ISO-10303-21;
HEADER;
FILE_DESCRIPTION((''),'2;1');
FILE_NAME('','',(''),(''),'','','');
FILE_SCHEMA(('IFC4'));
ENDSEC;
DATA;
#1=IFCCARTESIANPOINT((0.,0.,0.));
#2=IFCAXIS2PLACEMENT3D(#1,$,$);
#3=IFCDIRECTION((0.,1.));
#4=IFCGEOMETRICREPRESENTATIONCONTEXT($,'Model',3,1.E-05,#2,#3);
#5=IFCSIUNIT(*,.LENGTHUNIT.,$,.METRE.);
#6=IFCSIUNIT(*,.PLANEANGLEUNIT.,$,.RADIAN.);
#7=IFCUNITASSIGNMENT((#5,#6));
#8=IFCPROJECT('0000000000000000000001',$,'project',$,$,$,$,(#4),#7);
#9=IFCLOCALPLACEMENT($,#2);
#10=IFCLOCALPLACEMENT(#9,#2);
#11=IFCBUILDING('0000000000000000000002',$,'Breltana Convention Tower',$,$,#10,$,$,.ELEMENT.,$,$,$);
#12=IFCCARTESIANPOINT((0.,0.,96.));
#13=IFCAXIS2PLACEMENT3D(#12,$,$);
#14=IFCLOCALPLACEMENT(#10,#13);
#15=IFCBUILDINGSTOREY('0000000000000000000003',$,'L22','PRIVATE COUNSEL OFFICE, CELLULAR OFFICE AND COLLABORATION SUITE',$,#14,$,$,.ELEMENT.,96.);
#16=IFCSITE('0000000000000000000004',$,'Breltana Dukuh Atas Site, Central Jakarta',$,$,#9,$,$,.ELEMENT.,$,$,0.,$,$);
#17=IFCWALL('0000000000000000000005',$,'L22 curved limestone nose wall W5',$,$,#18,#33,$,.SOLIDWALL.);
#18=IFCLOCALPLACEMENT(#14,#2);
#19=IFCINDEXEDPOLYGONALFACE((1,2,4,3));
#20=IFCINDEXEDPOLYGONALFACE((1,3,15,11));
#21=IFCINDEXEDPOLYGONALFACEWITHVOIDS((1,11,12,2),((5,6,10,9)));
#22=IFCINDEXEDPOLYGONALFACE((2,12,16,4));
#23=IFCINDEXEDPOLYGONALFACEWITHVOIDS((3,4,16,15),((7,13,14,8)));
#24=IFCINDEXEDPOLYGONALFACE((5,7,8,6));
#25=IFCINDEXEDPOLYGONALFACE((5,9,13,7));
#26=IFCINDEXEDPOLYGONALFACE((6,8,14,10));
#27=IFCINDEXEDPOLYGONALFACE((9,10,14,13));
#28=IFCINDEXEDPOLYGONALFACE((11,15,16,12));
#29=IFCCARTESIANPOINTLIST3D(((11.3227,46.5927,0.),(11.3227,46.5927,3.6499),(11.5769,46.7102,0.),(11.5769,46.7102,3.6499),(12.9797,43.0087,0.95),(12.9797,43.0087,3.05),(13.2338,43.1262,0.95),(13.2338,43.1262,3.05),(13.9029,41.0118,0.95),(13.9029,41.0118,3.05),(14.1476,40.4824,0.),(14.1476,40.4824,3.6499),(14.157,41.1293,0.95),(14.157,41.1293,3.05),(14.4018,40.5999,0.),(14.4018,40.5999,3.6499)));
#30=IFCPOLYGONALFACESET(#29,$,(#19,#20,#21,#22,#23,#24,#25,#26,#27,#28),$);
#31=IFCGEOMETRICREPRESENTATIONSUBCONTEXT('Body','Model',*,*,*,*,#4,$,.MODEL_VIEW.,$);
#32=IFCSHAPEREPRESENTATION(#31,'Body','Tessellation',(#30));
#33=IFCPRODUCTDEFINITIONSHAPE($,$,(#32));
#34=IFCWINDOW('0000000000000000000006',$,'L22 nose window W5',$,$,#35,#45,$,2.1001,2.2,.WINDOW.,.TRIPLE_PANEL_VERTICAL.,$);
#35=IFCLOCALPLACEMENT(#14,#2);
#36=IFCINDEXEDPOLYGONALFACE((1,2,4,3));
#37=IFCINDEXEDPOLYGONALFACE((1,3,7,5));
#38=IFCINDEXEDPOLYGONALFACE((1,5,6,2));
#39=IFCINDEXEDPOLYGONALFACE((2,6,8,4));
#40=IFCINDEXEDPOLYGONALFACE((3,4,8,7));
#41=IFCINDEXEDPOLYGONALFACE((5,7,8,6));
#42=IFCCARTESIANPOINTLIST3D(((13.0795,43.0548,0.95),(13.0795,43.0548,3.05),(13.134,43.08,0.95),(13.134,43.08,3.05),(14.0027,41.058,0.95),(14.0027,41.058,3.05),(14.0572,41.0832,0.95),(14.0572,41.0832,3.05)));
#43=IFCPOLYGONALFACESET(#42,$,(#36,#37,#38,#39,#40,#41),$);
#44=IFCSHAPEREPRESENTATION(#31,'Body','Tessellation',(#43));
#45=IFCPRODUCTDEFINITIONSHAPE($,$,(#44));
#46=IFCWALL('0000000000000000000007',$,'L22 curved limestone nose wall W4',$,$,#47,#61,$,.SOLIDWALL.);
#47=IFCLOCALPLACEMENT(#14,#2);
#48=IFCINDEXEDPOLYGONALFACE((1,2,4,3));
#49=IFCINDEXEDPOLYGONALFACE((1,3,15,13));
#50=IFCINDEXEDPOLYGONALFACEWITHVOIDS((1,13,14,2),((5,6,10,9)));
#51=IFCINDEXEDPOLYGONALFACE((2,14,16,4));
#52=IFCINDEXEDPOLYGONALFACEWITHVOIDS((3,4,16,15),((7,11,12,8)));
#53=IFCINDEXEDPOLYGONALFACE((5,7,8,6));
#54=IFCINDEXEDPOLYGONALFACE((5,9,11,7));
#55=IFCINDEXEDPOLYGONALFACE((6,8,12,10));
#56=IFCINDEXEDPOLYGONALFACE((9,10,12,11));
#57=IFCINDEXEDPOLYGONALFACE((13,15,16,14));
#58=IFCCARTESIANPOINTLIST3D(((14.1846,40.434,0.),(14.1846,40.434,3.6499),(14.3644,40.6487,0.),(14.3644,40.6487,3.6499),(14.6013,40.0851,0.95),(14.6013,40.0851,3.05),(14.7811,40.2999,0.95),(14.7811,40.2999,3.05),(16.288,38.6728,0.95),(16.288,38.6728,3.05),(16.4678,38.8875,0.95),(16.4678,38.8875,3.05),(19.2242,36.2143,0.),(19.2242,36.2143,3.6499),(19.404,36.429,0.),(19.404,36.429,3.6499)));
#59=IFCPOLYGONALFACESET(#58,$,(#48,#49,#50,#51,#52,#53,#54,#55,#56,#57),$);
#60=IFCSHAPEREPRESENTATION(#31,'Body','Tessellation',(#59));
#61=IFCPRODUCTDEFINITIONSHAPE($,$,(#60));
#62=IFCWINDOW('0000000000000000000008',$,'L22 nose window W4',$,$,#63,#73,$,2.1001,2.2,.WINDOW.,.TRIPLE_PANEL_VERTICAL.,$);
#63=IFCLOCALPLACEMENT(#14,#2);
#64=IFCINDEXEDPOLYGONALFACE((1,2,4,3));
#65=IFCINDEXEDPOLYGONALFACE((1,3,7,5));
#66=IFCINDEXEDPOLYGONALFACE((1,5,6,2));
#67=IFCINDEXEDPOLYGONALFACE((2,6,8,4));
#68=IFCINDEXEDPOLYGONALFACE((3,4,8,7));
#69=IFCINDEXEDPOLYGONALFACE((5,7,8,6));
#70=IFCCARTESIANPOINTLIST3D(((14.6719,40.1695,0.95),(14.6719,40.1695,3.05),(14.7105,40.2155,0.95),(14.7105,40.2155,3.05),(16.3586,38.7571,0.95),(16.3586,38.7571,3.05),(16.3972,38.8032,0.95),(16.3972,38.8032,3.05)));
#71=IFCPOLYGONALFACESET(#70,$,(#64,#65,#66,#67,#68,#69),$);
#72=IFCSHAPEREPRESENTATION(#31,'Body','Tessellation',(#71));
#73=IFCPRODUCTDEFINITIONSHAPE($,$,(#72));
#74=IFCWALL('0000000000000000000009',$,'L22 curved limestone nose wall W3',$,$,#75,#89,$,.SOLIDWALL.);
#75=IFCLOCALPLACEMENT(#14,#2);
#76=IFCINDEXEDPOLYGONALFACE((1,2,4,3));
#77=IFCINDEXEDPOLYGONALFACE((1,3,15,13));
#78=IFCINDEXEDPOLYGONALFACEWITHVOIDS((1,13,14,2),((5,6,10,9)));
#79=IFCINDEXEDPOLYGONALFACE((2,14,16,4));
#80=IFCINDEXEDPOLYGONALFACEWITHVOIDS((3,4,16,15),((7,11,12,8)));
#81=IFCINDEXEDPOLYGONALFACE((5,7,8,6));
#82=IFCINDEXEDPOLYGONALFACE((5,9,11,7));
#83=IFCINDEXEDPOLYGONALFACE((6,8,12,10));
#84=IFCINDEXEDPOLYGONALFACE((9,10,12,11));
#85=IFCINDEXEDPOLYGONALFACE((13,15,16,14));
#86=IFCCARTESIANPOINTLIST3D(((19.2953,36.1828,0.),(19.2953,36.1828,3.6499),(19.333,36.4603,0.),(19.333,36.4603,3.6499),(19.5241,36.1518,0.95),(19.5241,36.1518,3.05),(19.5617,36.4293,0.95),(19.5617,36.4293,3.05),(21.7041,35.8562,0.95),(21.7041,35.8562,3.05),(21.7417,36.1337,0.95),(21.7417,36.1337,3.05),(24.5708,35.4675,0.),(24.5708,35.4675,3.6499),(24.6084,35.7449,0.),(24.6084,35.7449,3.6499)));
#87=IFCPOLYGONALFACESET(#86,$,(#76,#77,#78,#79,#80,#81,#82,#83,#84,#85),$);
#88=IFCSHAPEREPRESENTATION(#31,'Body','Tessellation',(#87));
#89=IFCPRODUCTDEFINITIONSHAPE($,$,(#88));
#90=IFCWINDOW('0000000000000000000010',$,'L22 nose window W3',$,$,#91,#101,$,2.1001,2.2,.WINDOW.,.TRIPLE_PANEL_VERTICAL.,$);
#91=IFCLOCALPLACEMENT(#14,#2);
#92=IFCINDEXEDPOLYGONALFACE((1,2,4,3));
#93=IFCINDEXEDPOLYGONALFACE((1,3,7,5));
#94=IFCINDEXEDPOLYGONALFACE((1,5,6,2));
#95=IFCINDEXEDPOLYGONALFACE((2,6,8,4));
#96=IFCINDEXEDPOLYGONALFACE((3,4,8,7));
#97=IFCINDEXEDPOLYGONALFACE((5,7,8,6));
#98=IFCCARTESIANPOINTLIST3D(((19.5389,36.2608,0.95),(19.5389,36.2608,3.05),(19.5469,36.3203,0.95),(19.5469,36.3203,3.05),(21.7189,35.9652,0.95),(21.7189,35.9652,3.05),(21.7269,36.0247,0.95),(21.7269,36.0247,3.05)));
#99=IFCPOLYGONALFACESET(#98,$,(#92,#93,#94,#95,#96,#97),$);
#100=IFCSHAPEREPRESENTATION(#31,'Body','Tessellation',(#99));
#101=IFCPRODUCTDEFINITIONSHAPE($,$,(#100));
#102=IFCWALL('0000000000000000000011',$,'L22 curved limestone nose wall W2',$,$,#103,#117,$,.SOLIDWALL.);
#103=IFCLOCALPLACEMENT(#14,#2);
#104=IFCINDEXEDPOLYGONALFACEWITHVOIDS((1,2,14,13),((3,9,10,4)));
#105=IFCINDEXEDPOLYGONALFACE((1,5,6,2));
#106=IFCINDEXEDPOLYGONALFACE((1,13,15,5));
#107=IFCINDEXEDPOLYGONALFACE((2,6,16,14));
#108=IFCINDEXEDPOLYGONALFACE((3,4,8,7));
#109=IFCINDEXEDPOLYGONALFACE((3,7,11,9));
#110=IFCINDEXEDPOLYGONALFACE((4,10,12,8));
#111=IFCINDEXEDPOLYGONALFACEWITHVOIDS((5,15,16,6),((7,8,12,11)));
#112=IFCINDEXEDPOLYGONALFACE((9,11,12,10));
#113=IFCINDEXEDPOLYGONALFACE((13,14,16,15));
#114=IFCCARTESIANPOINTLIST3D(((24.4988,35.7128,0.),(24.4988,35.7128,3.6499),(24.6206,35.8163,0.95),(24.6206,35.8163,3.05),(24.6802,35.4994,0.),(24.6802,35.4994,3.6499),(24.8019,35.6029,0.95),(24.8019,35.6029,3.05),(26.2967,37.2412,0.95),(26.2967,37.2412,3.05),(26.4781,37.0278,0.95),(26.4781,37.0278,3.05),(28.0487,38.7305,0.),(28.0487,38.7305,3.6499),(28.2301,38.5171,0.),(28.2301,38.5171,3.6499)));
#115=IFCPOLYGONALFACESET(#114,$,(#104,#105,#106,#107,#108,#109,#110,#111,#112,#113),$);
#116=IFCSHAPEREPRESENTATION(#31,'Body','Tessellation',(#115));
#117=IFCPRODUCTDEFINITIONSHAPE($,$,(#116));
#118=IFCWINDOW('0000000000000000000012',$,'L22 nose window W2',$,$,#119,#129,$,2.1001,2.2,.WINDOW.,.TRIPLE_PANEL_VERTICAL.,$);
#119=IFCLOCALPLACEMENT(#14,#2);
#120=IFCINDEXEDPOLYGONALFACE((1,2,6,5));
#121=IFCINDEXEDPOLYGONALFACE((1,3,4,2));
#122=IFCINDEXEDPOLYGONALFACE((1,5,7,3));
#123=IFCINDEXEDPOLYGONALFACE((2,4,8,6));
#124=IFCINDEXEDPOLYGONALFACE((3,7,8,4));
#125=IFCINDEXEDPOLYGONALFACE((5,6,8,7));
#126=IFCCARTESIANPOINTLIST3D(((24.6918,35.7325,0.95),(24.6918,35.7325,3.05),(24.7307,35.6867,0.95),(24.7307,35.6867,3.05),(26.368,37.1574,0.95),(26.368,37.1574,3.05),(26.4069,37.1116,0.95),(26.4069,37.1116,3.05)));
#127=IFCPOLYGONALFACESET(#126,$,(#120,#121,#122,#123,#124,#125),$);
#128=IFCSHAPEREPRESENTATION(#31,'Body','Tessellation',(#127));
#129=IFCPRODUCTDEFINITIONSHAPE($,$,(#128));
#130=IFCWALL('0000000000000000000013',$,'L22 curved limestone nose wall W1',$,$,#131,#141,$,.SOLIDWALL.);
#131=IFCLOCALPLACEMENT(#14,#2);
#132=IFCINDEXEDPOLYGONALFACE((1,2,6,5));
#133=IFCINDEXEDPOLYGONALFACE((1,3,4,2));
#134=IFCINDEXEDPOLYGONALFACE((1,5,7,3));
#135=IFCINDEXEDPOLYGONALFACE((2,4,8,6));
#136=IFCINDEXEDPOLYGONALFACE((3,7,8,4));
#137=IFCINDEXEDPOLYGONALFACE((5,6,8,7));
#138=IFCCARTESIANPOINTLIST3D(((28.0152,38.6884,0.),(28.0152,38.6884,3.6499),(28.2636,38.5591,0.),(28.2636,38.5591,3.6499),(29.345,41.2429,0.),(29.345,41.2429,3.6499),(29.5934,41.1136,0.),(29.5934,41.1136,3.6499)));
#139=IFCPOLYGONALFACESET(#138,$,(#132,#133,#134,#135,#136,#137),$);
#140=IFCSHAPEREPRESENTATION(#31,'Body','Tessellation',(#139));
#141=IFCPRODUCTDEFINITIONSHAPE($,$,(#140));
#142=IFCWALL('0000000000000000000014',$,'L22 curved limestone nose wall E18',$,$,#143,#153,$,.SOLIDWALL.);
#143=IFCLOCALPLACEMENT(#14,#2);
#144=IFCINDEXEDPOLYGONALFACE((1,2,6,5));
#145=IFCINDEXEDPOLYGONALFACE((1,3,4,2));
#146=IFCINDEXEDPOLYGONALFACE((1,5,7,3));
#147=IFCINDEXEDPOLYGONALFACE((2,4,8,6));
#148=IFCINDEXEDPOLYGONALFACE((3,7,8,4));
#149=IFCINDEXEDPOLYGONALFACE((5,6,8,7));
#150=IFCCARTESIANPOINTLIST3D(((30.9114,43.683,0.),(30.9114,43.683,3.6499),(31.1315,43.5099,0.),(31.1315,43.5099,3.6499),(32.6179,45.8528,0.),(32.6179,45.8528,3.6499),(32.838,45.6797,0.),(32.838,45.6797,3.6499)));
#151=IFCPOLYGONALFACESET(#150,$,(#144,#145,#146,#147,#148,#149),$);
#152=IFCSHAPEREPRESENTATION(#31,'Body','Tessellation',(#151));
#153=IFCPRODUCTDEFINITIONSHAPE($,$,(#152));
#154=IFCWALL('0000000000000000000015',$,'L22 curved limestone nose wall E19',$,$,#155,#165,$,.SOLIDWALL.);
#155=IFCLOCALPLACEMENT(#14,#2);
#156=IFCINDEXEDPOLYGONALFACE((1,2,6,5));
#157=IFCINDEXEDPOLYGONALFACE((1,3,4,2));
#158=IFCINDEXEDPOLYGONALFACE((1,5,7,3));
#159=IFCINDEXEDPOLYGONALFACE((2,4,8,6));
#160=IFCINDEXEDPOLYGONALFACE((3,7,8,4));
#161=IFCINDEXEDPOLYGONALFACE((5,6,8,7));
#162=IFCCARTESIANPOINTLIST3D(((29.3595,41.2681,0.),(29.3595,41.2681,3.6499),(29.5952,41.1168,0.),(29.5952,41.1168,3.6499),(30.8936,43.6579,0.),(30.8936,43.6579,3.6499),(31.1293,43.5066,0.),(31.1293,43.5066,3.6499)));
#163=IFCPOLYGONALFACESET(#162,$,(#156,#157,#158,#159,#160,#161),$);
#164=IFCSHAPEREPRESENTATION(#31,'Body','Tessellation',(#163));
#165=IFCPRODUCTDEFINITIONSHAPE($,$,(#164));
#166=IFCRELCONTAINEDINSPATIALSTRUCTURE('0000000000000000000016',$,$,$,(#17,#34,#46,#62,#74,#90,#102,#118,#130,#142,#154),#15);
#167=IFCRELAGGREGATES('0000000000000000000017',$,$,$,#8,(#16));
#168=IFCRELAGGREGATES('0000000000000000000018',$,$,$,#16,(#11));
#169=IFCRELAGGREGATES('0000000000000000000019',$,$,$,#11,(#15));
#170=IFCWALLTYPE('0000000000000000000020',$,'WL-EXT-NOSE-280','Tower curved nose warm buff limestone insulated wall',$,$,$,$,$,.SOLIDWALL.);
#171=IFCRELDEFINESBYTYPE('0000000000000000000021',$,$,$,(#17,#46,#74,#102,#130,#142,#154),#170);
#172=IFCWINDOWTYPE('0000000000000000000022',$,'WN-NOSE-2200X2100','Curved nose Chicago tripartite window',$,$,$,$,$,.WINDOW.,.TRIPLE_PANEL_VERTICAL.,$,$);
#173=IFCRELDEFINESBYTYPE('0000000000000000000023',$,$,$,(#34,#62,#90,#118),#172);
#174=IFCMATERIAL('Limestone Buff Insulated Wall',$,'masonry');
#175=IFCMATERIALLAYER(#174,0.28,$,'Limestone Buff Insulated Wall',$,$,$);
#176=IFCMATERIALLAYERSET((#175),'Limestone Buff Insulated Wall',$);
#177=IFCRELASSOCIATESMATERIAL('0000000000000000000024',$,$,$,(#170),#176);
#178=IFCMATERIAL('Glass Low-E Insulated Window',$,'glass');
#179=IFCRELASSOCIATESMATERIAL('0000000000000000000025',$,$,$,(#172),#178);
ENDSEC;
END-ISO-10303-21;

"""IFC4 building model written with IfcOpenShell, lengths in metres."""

from ifc_helpers import new_model, si_unit, direction, frame, frame_2d, origin, place, context, subcontext, project, spatial, rectangle, extrude, source, transform, mapped, material, layer, layer_set, type_object, type_shapes, element, fill, save


model = new_model("IFC4")

# Units and contexts
model_context = context("Model", 3, precision=1e-05, world=origin(), true_north=direction((0.0, 1.0)))
body_context = subcontext(model_context, "Body", "Model", "MODEL_VIEW")
ifc_project = project(units=[si_unit("LENGTHUNIT", "METRE"), si_unit("PLANEANGLEUNIT", "RADIAN")], contexts=[model_context])

# Site, building, storey
site_placement = place(None, origin())
site = spatial("IfcSite", under=ifc_project, at=site_placement, Name="Breltana Dukuh Atas Site, Central Jakarta", CompositionType="ELEMENT", RefElevation=0.0)
building_placement = place(site_placement, origin())
building = spatial("IfcBuilding", under=site, at=building_placement, Name="Breltana Convention Tower", CompositionType="ELEMENT")
storey_placement = place(building_placement, frame((0.0, 0.0, 96.0)))
storey = spatial("IfcBuildingStorey", under=building, at=storey_placement, Name="L22", Description="PRIVATE COUNSEL OFFICE, CELLULAR OFFICE AND COLLABORATION SUITE", CompositionType="ELEMENT", Elevation=96.0)

# Walls, openings, windows
ifc_material_1 = material(Name="Limestone Buff Insulated Wall", Category="masonry")
ifc_layer_1 = layer(ifc_material_1, 0.28, Name="Limestone Buff Insulated Wall")
ifc_layer_set_1 = layer_set([ifc_layer_1], Name="Limestone Buff Insulated Wall")
wall_type_1 = type_object("IfcWallType", Name="WL-EXT-NOSE-280", Description="Tower curved nose warm buff limestone insulated wall", PredefinedType="SOLIDWALL", material=ifc_layer_set_1)
shared_shape_1 = source(origin(), body_context, "Body", "SweptSolid", [
    extrude(rectangle(XDim=6.7317, YDim=0.28, at=frame_2d((3.3657, 0.0))), origin(), (0.0, 0.0, 1.0), 3.6499),
])
wall_1_placement = place(storey_placement, frame((14.2747, 40.5413, 0.0), z_axis=(0.0, 0.0, 1.0), x_axis=(-0.419645, 0.907689, 0.0)))
wall_1 = element("IfcWall", 1, at=wall_1_placement, inside=storey, type_object=wall_type_1, Name="L22 curved limestone nose wall W5", PredefinedType="SOLIDWALL", context=body_context, shape_type="MappedRepresentation", body=[
    mapped(shared_shape_1, transform((0.0, 0.0, 0.0), scale=1.0)),
])
opening_1_placement = place(wall_1_placement, frame((0.583, 0.0, 0.95)))
opening_1 = element("IfcOpeningElement", 2, at=opening_1_placement, cuts=wall_1, PredefinedType="OPENING", context=body_context, shape_type="SweptSolid", body=[
    extrude(rectangle(XDim=2.2, YDim=2.1001, at=frame_2d((1.1001, 1.05))), frame((0.0, 0.1499, 0.0), z_axis=(0.0, -1.0, 0.0), x_axis=(1.0, 0.0, 0.0)), (0.0, 0.0, 1.0), 0.3),
])
ifc_material_2 = material(Name="Glass Low-E Insulated Window", Category="glass")
window_type = type_object("IfcWindowType", Name="WN-NOSE-2200X2100", Description="Curved nose Chicago tripartite window", PartitioningType="TRIPLE_PANEL_VERTICAL", PredefinedType="WINDOW", material=ifc_material_2)
shared_shape_2 = source(origin(), body_context, "Body", "SweptSolid", [
    extrude(rectangle(XDim=2.2, YDim=2.1001, at=frame_2d((1.1001, 1.05))), frame((0.0, 0.03, 0.0), z_axis=(0.0, -1.0, 0.0), x_axis=(1.0, 0.0, 0.0)), (0.0, 0.0, 1.0), 0.0601),
])
type_shapes(window_type, [shared_shape_2])
window_1_placement = place(opening_1_placement, origin())
window_1 = element("IfcWindow", 3, at=window_1_placement, inside=storey, type_object=window_type, Name="L22 nose window W5", OverallHeight=2.1001, OverallWidth=2.2, PartitioningType="TRIPLE_PANEL_VERTICAL", PredefinedType="WINDOW", context=body_context, shape_type="MappedRepresentation", body=[
    mapped(shared_shape_2, transform((0.0, 0.0, 0.0), scale=1.0)),
])
fill(opening_1, window_1)
shared_shape_3 = source(origin(), body_context, "Body", "SweptSolid", [
    extrude(rectangle(XDim=6.573, YDim=0.28, at=frame_2d((3.2866, 0.0))), origin(), (0.0, 0.0, 1.0), 3.6499),
])
wall_2_placement = place(storey_placement, frame((19.3142, 36.3215, 0.0), z_axis=(0.0, 0.0, 1.0), x_axis=(-0.766715, 0.641987, 0.0)))
wall_2 = element("IfcWall", 4, at=wall_2_placement, inside=storey, type_object=wall_type_1, Name="L22 curved limestone nose wall W4", PredefinedType="SOLIDWALL", context=body_context, shape_type="MappedRepresentation", body=[
    mapped(shared_shape_3, transform((0.0, 0.0, 0.0), scale=1.0)),
])
opening_2_placement = place(wall_2_placement, frame((3.8296, 0.0, 0.95)))
opening_2 = element("IfcOpeningElement", 5, at=opening_2_placement, cuts=wall_2, PredefinedType="OPENING", context=body_context, shape_type="SweptSolid", body=[
    extrude(rectangle(XDim=2.2, YDim=2.1001, at=frame_2d((1.1001, 1.05))), frame((0.0, 0.1499, 0.0), z_axis=(0.0, -1.0, 0.0), x_axis=(1.0, 0.0, 0.0)), (0.0, 0.0, 1.0), 0.3),
])
window_2_placement = place(opening_2_placement, origin())
window_2 = element("IfcWindow", 6, at=window_2_placement, inside=storey, type_object=window_type, Name="L22 nose window W4", OverallHeight=2.1001, OverallWidth=2.2, PartitioningType="TRIPLE_PANEL_VERTICAL", PredefinedType="WINDOW", context=body_context, shape_type="MappedRepresentation", body=[
    mapped(shared_shape_2, transform((0.0, 0.0, 0.0), scale=1.0)),
])
fill(opening_2, window_2)
shared_shape_4 = source(origin(), body_context, "Body", "SweptSolid", [
    extrude(rectangle(XDim=5.3237, YDim=0.28, at=frame_2d((2.6619, 0.0))), origin(), (0.0, 0.0, 1.0), 3.6499),
])
wall_3_placement = place(storey_placement, frame((24.5896, 35.6062, 0.0), z_axis=(0.0, 0.0, 1.0), x_axis=(-0.990931, 0.134368, 0.0)))
wall_3 = element("IfcWall", 7, at=wall_3_placement, inside=storey, type_object=wall_type_1, Name="L22 curved limestone nose wall W3", PredefinedType="SOLIDWALL", context=body_context, shape_type="MappedRepresentation", body=[
    mapped(shared_shape_4, transform((0.0, 0.0, 0.0), scale=1.0)),
])
opening_3_placement = place(wall_3_placement, frame((2.8928, 0.0, 0.95)))
opening_3 = element("IfcOpeningElement", 8, at=opening_3_placement, cuts=wall_3, PredefinedType="OPENING", context=body_context, shape_type="SweptSolid", body=[
    extrude(rectangle(XDim=2.2, YDim=2.1001, at=frame_2d((1.1001, 1.05))), frame((0.0, 0.1499, 0.0), z_axis=(0.0, -1.0, 0.0), x_axis=(1.0, 0.0, 0.0)), (0.0, 0.0, 1.0), 0.3),
])
window_3_placement = place(opening_3_placement, origin())
window_3 = element("IfcWindow", 9, at=window_3_placement, inside=storey, type_object=window_type, Name="L22 nose window W3", OverallHeight=2.1001, OverallWidth=2.2, PartitioningType="TRIPLE_PANEL_VERTICAL", PredefinedType="WINDOW", context=body_context, shape_type="MappedRepresentation", body=[
    mapped(shared_shape_2, transform((0.0, 0.0, 0.0), scale=1.0)),
])
fill(opening_3, window_3)
shared_shape_5 = source(origin(), body_context, "Body", "SweptSolid", [
    extrude(rectangle(XDim=4.6592, YDim=0.28, at=frame_2d((2.3296, 0.0))), origin(), (0.0, 0.0, 1.0), 3.6499),
])
wall_4_placement = place(storey_placement, frame((28.1394, 38.6238, 0.0), z_axis=(0.0, 0.0, 1.0), x_axis=(-0.761913, -0.647679, 0.0)))
wall_4 = element("IfcWall", 10, at=wall_4_placement, inside=storey, type_object=wall_type_1, Name="L22 curved limestone nose wall W2", PredefinedType="SOLIDWALL", context=body_context, shape_type="MappedRepresentation", body=[
    mapped(shared_shape_5, transform((0.0, 0.0, 0.0), scale=1.0)),
])
opening_4_placement = place(wall_4_placement, frame((2.2993, 0.0, 0.95)))
opening_4 = element("IfcOpeningElement", 11, at=opening_4_placement, cuts=wall_4, PredefinedType="OPENING", context=body_context, shape_type="SweptSolid", body=[
    extrude(rectangle(XDim=2.2, YDim=2.1001, at=frame_2d((1.1001, 1.05))), frame((0.0, 0.1499, 0.0), z_axis=(0.0, -1.0, 0.0), x_axis=(1.0, 0.0, 0.0)), (0.0, 0.0, 1.0), 0.3),
])
window_4_placement = place(opening_4_placement, origin())
window_4 = element("IfcWindow", 12, at=window_4_placement, inside=storey, type_object=window_type, Name="L22 nose window W2", OverallHeight=2.1001, OverallWidth=2.2, PartitioningType="TRIPLE_PANEL_VERTICAL", PredefinedType="WINDOW", context=body_context, shape_type="MappedRepresentation", body=[
    mapped(shared_shape_2, transform((0.0, 0.0, 0.0), scale=1.0)),
])
fill(opening_4, window_4)

# Walls
shared_shape_6 = source(origin(), body_context, "Body", "SweptSolid", [
    extrude(rectangle(XDim=2.8799, YDim=0.28, at=frame_2d((1.4399, 0.0))), origin(), (0.0, 0.0, 1.0), 3.6499),
])
wall_5_placement = place(storey_placement, frame((29.4692, 41.1782, 0.0), z_axis=(0.0, 0.0, 1.0), x_axis=(-0.461769, -0.887, 0.0)))
element("IfcWall", 13, at=wall_5_placement, inside=storey, type_object=wall_type_1, Name="L22 curved limestone nose wall W1", PredefinedType="SOLIDWALL", context=body_context, shape_type="MappedRepresentation", body=[
    mapped(shared_shape_6, transform((0.0, 0.0, 0.0), scale=1.0)),
])
shared_shape_7 = source(origin(), body_context, "Body", "SweptSolid", [
    extrude(rectangle(XDim=2.7605, YDim=0.28, at=frame_2d((1.3804, 0.0))), origin(), (0.0, 0.0, 1.0), 3.6499),
])
wall_6_placement = place(storey_placement, frame((32.728, 45.7664, 0.0), z_axis=(0.0, 0.0, 1.0), x_axis=(-0.618181, -0.786036, 0.0)))
element("IfcWall", 14, at=wall_6_placement, inside=storey, type_object=wall_type_1, Name="L22 curved limestone nose wall E18", PredefinedType="SOLIDWALL", context=body_context, shape_type="MappedRepresentation", body=[
    mapped(shared_shape_7, transform((0.0, 0.0, 0.0), scale=1.0)),
])
shared_shape_8 = source(origin(), body_context, "Body", "SweptSolid", [
    extrude(rectangle(XDim=2.8398, YDim=0.28, at=frame_2d((1.4199, 0.0))), origin(), (0.0, 0.0, 1.0), 3.6499),
])
wall_7_placement = place(storey_placement, frame((31.0115, 43.5823, 0.0), z_axis=(0.0, 0.0, 1.0), x_axis=(-0.540214, -0.841527, 0.0)))
element("IfcWall", 15, at=wall_7_placement, inside=storey, type_object=wall_type_1, Name="L22 curved limestone nose wall E19", PredefinedType="SOLIDWALL", context=body_context, shape_type="MappedRepresentation", body=[
    mapped(shared_shape_8, transform((0.0, 0.0, 0.0), scale=1.0)),
])

save(model, "model.ifc")
